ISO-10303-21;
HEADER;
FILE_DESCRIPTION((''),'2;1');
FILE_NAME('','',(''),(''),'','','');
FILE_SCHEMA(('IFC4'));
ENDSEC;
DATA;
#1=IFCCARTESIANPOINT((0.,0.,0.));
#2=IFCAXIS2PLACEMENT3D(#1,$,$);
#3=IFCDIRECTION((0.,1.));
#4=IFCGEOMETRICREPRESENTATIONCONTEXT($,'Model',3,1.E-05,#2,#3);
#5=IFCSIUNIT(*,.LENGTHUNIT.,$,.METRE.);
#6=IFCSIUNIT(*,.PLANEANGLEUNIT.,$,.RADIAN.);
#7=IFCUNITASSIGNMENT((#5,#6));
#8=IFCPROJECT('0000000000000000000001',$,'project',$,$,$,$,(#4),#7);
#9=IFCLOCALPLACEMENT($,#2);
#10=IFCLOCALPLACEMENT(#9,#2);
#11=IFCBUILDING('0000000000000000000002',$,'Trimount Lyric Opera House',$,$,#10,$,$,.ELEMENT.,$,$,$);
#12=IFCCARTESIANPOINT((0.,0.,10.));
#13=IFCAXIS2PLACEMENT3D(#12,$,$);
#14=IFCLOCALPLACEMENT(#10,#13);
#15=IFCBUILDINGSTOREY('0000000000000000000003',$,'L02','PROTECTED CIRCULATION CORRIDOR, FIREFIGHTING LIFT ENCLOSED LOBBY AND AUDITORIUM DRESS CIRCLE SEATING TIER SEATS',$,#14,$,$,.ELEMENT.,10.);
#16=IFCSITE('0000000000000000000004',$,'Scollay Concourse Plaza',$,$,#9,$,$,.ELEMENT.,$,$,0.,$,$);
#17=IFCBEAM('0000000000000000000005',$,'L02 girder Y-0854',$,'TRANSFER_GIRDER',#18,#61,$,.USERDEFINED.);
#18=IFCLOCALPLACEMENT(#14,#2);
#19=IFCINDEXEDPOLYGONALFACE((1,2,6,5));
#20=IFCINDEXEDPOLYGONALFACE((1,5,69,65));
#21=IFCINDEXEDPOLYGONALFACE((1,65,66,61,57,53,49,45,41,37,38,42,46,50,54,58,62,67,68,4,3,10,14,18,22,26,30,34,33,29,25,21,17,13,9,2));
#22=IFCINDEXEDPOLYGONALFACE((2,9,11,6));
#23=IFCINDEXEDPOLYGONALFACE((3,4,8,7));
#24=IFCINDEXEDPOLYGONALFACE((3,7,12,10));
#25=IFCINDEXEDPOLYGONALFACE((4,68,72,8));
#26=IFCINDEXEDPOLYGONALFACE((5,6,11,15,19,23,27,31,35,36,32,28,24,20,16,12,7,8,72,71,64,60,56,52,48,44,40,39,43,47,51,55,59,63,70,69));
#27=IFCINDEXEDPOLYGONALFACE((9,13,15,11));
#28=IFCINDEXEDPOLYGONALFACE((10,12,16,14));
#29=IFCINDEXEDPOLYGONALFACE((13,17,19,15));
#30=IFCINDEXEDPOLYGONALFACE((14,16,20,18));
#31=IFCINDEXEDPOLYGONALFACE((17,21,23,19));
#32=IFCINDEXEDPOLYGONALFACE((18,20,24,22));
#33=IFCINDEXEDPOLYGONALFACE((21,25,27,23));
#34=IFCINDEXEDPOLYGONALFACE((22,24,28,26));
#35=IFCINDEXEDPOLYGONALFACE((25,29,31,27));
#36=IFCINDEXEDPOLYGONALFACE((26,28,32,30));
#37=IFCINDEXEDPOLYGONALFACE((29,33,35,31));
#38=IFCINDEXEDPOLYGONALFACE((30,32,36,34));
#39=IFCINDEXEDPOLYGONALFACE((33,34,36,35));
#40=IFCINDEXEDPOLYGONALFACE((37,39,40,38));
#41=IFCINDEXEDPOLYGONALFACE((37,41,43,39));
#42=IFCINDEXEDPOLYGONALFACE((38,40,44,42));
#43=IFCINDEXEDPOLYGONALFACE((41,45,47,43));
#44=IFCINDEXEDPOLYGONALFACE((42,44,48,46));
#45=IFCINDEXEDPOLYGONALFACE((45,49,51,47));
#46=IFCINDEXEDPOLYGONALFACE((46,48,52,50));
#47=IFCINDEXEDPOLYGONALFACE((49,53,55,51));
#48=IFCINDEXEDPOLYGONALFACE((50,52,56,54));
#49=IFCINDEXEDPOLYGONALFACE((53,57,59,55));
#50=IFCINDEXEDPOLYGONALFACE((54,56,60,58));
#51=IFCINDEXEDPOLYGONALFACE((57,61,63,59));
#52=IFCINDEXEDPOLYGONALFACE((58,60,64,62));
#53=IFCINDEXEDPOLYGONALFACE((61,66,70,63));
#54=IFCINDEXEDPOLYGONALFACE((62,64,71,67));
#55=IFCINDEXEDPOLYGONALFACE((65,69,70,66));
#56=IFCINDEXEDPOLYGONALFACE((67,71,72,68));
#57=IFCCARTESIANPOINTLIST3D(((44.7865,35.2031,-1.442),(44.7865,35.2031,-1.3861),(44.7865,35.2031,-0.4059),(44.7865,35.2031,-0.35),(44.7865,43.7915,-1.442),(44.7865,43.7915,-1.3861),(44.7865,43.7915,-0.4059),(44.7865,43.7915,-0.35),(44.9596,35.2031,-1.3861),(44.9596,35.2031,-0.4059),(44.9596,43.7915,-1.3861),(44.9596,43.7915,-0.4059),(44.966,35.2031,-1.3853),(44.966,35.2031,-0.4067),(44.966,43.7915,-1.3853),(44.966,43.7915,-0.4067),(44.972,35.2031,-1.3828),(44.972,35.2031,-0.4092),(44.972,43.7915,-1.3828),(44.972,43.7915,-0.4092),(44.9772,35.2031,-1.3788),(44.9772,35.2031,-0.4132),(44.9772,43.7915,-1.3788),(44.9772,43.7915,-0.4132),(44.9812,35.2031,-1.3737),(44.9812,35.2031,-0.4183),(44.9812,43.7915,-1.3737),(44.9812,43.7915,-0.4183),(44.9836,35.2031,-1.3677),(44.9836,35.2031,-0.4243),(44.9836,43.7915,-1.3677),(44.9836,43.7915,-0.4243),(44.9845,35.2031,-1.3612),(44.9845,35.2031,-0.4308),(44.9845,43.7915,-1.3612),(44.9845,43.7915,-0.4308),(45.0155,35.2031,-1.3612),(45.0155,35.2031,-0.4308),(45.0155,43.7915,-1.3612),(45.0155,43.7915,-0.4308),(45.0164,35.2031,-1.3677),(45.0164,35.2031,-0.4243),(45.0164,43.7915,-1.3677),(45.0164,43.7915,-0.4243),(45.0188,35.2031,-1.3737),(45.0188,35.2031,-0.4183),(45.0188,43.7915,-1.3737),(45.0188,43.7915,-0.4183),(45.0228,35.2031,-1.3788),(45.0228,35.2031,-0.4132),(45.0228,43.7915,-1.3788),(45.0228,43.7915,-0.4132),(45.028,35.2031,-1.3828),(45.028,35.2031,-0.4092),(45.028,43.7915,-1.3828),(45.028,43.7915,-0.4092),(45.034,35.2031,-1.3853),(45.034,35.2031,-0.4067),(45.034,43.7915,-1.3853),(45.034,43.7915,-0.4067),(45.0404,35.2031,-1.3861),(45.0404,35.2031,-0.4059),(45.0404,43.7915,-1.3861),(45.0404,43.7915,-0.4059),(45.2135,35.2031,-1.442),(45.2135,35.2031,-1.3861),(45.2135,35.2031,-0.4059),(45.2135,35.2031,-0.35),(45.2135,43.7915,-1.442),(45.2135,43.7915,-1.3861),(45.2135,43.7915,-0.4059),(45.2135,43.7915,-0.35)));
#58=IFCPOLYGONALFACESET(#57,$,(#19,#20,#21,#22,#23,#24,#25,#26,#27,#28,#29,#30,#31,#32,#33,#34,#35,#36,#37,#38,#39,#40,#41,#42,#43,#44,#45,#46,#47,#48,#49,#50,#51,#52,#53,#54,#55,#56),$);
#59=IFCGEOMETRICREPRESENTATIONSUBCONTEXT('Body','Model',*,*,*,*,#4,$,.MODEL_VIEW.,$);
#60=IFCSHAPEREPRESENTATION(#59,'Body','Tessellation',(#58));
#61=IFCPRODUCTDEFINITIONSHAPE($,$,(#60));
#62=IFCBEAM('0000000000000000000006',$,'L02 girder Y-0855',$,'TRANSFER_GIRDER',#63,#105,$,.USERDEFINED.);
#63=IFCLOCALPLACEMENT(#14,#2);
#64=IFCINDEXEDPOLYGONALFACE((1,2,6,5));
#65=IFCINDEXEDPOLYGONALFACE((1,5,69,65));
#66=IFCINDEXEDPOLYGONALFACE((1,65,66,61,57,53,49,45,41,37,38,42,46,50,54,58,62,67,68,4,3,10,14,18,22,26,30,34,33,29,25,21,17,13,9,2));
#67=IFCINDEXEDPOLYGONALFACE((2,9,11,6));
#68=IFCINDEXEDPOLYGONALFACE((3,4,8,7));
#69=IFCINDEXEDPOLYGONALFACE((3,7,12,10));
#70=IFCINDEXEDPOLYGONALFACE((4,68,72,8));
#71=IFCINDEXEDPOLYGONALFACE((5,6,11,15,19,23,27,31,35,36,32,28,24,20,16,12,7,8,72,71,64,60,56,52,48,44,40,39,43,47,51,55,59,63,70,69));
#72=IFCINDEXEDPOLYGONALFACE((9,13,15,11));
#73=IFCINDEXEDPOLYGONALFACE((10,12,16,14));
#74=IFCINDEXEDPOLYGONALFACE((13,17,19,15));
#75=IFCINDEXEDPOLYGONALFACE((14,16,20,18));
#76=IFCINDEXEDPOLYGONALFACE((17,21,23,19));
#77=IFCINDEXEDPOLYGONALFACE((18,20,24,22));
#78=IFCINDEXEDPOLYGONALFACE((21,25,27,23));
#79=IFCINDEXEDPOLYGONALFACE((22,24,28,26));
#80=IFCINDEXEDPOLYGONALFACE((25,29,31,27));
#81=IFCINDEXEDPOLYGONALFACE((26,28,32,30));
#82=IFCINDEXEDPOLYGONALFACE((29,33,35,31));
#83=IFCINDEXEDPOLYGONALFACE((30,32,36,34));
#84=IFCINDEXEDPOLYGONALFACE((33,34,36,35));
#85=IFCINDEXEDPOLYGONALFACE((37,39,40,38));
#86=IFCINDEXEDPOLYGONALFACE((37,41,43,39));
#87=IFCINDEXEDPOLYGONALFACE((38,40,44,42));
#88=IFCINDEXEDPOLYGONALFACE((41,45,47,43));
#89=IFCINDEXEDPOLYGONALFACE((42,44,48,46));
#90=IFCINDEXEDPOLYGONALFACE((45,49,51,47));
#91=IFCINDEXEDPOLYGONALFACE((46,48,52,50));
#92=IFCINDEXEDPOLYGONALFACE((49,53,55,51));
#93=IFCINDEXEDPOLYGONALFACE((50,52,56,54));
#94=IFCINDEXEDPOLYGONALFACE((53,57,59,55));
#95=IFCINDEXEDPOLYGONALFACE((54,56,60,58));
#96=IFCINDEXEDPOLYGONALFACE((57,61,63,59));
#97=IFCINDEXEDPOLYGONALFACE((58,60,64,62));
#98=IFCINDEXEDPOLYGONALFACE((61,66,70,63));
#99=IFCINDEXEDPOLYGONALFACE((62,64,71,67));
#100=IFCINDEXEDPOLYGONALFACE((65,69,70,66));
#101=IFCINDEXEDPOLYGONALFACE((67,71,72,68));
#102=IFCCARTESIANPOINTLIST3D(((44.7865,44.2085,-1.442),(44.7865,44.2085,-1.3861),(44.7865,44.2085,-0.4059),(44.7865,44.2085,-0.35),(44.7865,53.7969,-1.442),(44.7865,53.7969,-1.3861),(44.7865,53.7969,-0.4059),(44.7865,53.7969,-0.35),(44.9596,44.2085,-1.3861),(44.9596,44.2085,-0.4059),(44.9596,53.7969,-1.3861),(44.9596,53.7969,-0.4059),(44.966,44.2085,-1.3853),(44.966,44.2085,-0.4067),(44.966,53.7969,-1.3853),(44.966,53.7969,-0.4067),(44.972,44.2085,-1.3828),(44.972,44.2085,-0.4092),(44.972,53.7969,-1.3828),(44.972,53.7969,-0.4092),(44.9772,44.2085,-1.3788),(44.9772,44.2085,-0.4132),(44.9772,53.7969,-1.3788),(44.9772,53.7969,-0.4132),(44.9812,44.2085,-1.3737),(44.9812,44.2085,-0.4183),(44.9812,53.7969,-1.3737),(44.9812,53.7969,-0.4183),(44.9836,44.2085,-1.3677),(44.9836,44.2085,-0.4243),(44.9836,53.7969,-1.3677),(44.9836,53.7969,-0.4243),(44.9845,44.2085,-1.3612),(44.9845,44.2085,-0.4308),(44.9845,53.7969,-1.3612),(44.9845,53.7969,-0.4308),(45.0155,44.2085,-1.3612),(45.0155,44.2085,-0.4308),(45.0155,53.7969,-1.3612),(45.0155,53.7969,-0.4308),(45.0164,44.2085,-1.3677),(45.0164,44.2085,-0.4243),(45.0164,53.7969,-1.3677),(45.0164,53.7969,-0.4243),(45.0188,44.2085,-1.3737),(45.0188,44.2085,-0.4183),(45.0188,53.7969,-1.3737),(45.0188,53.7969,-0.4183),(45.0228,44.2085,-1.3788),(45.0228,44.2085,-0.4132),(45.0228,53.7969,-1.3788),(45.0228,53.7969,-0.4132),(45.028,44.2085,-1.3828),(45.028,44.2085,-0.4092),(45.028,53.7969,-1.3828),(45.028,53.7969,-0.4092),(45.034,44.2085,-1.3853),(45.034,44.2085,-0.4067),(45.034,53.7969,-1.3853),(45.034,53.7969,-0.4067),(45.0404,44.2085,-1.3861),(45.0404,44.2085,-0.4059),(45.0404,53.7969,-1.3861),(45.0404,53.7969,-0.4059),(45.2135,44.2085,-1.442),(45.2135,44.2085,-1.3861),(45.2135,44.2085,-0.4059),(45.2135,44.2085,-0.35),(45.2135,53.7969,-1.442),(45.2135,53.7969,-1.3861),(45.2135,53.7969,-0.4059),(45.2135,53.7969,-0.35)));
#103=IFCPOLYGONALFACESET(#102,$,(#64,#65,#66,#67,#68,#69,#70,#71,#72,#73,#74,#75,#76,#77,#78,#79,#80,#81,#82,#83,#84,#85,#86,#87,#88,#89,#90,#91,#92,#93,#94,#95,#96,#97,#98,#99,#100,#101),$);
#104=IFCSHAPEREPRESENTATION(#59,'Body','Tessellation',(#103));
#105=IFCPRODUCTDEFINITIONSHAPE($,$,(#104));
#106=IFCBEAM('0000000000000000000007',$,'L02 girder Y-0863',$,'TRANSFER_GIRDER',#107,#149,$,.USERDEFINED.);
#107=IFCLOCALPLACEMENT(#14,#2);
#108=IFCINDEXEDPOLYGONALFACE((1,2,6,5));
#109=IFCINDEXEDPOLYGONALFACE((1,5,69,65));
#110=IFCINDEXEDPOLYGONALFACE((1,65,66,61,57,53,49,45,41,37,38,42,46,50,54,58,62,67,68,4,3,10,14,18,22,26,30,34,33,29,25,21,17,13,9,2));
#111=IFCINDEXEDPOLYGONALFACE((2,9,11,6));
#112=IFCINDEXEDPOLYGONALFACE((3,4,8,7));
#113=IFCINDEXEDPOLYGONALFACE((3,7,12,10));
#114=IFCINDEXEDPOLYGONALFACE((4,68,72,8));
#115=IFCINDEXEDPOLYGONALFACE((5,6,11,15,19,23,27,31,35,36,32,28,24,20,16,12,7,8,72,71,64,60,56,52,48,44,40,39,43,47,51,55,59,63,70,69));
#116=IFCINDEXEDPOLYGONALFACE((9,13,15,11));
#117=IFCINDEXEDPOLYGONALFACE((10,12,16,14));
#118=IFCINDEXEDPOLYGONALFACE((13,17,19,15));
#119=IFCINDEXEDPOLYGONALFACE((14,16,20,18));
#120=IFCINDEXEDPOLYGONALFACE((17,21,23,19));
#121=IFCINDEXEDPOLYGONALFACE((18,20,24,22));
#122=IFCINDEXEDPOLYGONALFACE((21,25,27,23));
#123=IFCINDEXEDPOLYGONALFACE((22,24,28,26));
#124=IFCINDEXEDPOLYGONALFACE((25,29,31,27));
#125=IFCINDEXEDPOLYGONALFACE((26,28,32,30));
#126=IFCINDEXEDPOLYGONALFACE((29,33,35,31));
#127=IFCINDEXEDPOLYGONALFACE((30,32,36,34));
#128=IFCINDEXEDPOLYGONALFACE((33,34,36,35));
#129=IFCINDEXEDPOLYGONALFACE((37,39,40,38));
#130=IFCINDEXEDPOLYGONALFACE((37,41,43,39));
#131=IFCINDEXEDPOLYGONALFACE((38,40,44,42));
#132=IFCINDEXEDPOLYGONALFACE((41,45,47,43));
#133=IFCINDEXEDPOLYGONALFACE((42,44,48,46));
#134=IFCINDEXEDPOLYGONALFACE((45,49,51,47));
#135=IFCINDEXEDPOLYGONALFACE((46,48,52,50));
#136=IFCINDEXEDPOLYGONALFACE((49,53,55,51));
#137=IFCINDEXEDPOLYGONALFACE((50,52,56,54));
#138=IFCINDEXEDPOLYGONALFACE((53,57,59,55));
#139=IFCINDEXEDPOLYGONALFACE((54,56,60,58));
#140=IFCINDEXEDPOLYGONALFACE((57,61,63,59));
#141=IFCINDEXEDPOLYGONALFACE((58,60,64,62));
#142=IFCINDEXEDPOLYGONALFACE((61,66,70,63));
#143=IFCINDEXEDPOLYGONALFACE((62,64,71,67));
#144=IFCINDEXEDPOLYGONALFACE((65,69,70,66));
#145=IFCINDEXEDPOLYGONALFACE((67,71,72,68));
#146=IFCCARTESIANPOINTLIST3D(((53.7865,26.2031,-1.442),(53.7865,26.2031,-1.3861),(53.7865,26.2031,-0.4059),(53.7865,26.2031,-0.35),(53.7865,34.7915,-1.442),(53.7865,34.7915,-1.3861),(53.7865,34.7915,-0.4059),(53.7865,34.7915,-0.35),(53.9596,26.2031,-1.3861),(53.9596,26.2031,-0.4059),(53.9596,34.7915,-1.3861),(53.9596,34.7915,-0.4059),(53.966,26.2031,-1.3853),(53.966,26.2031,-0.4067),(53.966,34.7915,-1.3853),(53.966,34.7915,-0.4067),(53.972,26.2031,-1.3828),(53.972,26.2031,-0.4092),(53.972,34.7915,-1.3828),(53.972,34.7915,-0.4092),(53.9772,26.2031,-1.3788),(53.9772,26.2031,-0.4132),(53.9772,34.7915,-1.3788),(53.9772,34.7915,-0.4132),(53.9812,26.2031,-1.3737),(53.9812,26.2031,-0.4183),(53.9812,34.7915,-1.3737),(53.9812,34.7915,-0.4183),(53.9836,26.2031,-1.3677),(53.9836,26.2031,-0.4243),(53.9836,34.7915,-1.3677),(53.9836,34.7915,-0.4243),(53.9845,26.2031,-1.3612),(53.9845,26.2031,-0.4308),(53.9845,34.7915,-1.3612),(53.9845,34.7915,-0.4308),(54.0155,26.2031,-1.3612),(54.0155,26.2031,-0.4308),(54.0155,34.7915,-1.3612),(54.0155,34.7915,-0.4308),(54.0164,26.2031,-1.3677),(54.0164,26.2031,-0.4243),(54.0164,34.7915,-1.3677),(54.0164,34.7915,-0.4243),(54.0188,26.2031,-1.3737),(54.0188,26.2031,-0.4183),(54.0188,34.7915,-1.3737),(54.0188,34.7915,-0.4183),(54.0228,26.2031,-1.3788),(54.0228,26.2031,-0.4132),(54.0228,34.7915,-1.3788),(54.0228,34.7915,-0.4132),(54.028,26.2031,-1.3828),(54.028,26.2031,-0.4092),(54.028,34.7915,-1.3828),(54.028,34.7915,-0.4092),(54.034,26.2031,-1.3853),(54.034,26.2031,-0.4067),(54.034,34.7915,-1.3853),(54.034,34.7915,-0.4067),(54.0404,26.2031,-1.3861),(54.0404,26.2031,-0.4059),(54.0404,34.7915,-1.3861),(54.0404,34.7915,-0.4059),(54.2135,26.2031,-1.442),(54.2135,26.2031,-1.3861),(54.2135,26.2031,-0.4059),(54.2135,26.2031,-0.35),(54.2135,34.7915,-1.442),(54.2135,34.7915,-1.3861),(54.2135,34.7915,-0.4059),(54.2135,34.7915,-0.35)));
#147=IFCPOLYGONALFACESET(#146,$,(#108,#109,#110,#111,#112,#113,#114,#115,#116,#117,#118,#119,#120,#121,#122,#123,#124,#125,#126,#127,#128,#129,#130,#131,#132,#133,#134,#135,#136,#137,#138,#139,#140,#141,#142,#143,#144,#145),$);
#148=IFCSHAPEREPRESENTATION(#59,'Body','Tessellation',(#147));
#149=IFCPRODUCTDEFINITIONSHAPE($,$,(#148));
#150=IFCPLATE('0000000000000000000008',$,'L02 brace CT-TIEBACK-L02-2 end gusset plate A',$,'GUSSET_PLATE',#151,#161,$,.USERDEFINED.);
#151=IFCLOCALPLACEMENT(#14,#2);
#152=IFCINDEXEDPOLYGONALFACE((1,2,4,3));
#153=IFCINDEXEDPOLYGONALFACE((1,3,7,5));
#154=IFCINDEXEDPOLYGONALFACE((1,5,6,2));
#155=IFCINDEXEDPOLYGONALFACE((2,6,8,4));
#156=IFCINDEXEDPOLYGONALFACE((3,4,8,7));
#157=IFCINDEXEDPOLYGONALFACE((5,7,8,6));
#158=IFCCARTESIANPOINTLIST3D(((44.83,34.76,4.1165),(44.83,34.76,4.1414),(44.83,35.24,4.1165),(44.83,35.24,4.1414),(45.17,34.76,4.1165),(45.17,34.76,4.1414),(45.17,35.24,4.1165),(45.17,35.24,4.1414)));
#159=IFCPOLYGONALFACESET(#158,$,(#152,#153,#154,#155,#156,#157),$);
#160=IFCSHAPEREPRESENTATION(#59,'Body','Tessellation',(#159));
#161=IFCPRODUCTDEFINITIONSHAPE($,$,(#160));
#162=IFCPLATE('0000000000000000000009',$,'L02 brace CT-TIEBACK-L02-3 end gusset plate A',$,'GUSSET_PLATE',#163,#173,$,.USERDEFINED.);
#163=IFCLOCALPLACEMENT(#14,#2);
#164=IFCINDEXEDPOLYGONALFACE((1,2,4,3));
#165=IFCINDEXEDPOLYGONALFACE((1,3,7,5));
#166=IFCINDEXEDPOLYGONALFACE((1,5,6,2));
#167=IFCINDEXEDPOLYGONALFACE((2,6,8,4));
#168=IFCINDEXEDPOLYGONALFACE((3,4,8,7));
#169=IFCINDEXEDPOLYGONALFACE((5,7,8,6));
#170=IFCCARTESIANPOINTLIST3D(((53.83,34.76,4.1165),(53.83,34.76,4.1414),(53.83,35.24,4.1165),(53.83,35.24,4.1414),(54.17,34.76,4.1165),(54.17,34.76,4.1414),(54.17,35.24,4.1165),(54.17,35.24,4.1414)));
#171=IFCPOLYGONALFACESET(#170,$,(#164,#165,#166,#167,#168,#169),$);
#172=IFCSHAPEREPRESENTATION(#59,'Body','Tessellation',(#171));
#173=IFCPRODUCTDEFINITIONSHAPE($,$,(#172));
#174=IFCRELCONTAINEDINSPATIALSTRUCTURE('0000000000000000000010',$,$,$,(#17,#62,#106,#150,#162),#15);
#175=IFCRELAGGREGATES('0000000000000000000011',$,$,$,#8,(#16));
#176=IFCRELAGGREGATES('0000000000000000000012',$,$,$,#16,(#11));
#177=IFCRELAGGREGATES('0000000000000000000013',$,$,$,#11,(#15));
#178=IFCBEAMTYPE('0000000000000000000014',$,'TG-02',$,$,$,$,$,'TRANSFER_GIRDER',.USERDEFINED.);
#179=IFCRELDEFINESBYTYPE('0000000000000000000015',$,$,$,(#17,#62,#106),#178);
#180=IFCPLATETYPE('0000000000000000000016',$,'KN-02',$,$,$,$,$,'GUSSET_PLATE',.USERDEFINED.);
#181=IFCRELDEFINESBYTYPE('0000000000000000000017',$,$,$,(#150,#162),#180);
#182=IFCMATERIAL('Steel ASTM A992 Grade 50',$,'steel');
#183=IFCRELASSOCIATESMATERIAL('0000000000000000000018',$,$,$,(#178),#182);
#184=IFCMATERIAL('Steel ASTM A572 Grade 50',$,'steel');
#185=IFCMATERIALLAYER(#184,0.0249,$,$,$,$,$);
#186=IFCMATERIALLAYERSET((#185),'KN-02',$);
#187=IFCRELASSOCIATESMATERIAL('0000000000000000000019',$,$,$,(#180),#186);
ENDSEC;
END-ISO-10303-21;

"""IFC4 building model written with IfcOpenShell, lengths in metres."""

from ifc_helpers import new_model, si_unit, direction, frame, origin, origin_2d, place, context, subcontext, project, spatial, rectangle, i_section, extrude, material, layer, layer_set, material_profile, profile_set, type_object, element, save


model = new_model("IFC4")

# Units and contexts
model_context = context("Model", 3, precision=1e-05, world=origin(), true_north=direction((0.0, 1.0)))
body_context = subcontext(model_context, "Body", "Model", "MODEL_VIEW")
ifc_project = project(units=[si_unit("LENGTHUNIT", "METRE"), si_unit("PLANEANGLEUNIT", "RADIAN")], contexts=[model_context])

# Site, building, storey
site_placement = place(None, origin())
site = spatial("IfcSite", under=ifc_project, at=site_placement, Name="Scollay Concourse Plaza", CompositionType="ELEMENT", RefElevation=0.0)
building_placement = place(site_placement, origin())
building = spatial("IfcBuilding", under=site, at=building_placement, Name="Trimount Lyric Opera House", CompositionType="ELEMENT")
storey_placement = place(building_placement, frame((0.0, 0.0, 10.0)))
storey = spatial("IfcBuildingStorey", under=building, at=storey_placement, Name="L02", Description="PROTECTED CIRCULATION CORRIDOR, FIREFIGHTING LIFT ENCLOSED LOBBY AND AUDITORIUM DRESS CIRCLE SEATING TIER SEATS", CompositionType="ELEMENT", Elevation=10.0)

# Beams
ifc_material_1 = material(Name="Steel ASTM A992 Grade 50", Category="steel")
ifc_material_profile_1 = material_profile(ifc_material_1, i_section(OverallWidth=0.427, OverallDepth=1.092, WebThickness=0.031, FlangeThickness=0.0559, FilletRadius=0.0249, at=origin_2d()), Name="W40X397")
ifc_profile_set_1 = profile_set([ifc_material_profile_1], Name="Steel ASTM A992 Grade 50")
beam_type_1 = type_object("IfcBeamType", Name="TG-02", ElementType="TRANSFER_GIRDER", PredefinedType="USERDEFINED", material=ifc_profile_set_1)
beam_1_placement = place(storey_placement, frame((45.0, 35.2031, -0.896), z_axis=(0.0, 1.0, 0.0), x_axis=(-1.0, 0.0, 0.0)))
element("IfcBeam", 1, at=beam_1_placement, inside=storey, type_object=beam_type_1, Name="L02 girder Y-0854", ObjectType="TRANSFER_GIRDER", PredefinedType="USERDEFINED", context=body_context, shape_type="SweptSolid", body=[
    extrude(i_section(OverallWidth=0.427, OverallDepth=1.092, WebThickness=0.031, FlangeThickness=0.0559, FilletRadius=0.0249, at=origin_2d()), origin(), (0.0, 0.0, 1.0), 8.5884),
])
beam_2_placement = place(storey_placement, frame((45.0, 44.2085, -0.896), z_axis=(0.0, 1.0, 0.0), x_axis=(-1.0, 0.0, 0.0)))
element("IfcBeam", 2, at=beam_2_placement, inside=storey, type_object=beam_type_1, Name="L02 girder Y-0855", ObjectType="TRANSFER_GIRDER", PredefinedType="USERDEFINED", context=body_context, shape_type="SweptSolid", body=[
    extrude(i_section(OverallWidth=0.427, OverallDepth=1.092, WebThickness=0.031, FlangeThickness=0.0559, FilletRadius=0.0249, at=origin_2d()), origin(), (0.0, 0.0, 1.0), 9.5884),
])
beam_3_placement = place(storey_placement, frame((54.0, 26.2031, -0.896), z_axis=(0.0, 1.0, 0.0), x_axis=(-1.0, 0.0, 0.0)))
element("IfcBeam", 3, at=beam_3_placement, inside=storey, type_object=beam_type_1, Name="L02 girder Y-0863", ObjectType="TRANSFER_GIRDER", PredefinedType="USERDEFINED", context=body_context, shape_type="SweptSolid", body=[
    extrude(i_section(OverallWidth=0.427, OverallDepth=1.092, WebThickness=0.031, FlangeThickness=0.0559, FilletRadius=0.0249, at=origin_2d()), origin(), (0.0, 0.0, 1.0), 8.5884),
])

# Plates
ifc_material_2 = material(Name="Steel ASTM A572 Grade 50", Category="steel")
ifc_layer_1 = layer(ifc_material_2, 0.0249)
ifc_layer_set_1 = layer_set([ifc_layer_1], Name="KN-02")
plate_type = type_object("IfcPlateType", Name="KN-02", ElementType="GUSSET_PLATE", PredefinedType="USERDEFINED", material=ifc_layer_set_1)
for number, where, z_axis, x_axis, name in (
    (4, (45.0, 35.0, 4.1165), (0.0, 0.0, 1.0), (0.0, -1.0, 0.0), "L02 brace CT-TIEBACK-L02-2 end gusset plate A"),
    (5, (54.0, 35.0, 4.1165), (0.0, 0.0, 1.0), (0.0, -1.0, 0.0), "L02 brace CT-TIEBACK-L02-3 end gusset plate A"),
):
    element("IfcPlate", number, at=place(storey_placement, frame(where, z_axis=z_axis, x_axis=x_axis)), inside=storey, type_object=plate_type, Name=name, ObjectType="GUSSET_PLATE", PredefinedType="USERDEFINED", context=body_context, shape_type="SweptSolid", body=[
        extrude(rectangle(XDim=0.48, YDim=0.3401, at=origin_2d()), origin(), (0.0, 0.0, 1.0), 0.0249),
    ])

save(model, "model.ifc")
